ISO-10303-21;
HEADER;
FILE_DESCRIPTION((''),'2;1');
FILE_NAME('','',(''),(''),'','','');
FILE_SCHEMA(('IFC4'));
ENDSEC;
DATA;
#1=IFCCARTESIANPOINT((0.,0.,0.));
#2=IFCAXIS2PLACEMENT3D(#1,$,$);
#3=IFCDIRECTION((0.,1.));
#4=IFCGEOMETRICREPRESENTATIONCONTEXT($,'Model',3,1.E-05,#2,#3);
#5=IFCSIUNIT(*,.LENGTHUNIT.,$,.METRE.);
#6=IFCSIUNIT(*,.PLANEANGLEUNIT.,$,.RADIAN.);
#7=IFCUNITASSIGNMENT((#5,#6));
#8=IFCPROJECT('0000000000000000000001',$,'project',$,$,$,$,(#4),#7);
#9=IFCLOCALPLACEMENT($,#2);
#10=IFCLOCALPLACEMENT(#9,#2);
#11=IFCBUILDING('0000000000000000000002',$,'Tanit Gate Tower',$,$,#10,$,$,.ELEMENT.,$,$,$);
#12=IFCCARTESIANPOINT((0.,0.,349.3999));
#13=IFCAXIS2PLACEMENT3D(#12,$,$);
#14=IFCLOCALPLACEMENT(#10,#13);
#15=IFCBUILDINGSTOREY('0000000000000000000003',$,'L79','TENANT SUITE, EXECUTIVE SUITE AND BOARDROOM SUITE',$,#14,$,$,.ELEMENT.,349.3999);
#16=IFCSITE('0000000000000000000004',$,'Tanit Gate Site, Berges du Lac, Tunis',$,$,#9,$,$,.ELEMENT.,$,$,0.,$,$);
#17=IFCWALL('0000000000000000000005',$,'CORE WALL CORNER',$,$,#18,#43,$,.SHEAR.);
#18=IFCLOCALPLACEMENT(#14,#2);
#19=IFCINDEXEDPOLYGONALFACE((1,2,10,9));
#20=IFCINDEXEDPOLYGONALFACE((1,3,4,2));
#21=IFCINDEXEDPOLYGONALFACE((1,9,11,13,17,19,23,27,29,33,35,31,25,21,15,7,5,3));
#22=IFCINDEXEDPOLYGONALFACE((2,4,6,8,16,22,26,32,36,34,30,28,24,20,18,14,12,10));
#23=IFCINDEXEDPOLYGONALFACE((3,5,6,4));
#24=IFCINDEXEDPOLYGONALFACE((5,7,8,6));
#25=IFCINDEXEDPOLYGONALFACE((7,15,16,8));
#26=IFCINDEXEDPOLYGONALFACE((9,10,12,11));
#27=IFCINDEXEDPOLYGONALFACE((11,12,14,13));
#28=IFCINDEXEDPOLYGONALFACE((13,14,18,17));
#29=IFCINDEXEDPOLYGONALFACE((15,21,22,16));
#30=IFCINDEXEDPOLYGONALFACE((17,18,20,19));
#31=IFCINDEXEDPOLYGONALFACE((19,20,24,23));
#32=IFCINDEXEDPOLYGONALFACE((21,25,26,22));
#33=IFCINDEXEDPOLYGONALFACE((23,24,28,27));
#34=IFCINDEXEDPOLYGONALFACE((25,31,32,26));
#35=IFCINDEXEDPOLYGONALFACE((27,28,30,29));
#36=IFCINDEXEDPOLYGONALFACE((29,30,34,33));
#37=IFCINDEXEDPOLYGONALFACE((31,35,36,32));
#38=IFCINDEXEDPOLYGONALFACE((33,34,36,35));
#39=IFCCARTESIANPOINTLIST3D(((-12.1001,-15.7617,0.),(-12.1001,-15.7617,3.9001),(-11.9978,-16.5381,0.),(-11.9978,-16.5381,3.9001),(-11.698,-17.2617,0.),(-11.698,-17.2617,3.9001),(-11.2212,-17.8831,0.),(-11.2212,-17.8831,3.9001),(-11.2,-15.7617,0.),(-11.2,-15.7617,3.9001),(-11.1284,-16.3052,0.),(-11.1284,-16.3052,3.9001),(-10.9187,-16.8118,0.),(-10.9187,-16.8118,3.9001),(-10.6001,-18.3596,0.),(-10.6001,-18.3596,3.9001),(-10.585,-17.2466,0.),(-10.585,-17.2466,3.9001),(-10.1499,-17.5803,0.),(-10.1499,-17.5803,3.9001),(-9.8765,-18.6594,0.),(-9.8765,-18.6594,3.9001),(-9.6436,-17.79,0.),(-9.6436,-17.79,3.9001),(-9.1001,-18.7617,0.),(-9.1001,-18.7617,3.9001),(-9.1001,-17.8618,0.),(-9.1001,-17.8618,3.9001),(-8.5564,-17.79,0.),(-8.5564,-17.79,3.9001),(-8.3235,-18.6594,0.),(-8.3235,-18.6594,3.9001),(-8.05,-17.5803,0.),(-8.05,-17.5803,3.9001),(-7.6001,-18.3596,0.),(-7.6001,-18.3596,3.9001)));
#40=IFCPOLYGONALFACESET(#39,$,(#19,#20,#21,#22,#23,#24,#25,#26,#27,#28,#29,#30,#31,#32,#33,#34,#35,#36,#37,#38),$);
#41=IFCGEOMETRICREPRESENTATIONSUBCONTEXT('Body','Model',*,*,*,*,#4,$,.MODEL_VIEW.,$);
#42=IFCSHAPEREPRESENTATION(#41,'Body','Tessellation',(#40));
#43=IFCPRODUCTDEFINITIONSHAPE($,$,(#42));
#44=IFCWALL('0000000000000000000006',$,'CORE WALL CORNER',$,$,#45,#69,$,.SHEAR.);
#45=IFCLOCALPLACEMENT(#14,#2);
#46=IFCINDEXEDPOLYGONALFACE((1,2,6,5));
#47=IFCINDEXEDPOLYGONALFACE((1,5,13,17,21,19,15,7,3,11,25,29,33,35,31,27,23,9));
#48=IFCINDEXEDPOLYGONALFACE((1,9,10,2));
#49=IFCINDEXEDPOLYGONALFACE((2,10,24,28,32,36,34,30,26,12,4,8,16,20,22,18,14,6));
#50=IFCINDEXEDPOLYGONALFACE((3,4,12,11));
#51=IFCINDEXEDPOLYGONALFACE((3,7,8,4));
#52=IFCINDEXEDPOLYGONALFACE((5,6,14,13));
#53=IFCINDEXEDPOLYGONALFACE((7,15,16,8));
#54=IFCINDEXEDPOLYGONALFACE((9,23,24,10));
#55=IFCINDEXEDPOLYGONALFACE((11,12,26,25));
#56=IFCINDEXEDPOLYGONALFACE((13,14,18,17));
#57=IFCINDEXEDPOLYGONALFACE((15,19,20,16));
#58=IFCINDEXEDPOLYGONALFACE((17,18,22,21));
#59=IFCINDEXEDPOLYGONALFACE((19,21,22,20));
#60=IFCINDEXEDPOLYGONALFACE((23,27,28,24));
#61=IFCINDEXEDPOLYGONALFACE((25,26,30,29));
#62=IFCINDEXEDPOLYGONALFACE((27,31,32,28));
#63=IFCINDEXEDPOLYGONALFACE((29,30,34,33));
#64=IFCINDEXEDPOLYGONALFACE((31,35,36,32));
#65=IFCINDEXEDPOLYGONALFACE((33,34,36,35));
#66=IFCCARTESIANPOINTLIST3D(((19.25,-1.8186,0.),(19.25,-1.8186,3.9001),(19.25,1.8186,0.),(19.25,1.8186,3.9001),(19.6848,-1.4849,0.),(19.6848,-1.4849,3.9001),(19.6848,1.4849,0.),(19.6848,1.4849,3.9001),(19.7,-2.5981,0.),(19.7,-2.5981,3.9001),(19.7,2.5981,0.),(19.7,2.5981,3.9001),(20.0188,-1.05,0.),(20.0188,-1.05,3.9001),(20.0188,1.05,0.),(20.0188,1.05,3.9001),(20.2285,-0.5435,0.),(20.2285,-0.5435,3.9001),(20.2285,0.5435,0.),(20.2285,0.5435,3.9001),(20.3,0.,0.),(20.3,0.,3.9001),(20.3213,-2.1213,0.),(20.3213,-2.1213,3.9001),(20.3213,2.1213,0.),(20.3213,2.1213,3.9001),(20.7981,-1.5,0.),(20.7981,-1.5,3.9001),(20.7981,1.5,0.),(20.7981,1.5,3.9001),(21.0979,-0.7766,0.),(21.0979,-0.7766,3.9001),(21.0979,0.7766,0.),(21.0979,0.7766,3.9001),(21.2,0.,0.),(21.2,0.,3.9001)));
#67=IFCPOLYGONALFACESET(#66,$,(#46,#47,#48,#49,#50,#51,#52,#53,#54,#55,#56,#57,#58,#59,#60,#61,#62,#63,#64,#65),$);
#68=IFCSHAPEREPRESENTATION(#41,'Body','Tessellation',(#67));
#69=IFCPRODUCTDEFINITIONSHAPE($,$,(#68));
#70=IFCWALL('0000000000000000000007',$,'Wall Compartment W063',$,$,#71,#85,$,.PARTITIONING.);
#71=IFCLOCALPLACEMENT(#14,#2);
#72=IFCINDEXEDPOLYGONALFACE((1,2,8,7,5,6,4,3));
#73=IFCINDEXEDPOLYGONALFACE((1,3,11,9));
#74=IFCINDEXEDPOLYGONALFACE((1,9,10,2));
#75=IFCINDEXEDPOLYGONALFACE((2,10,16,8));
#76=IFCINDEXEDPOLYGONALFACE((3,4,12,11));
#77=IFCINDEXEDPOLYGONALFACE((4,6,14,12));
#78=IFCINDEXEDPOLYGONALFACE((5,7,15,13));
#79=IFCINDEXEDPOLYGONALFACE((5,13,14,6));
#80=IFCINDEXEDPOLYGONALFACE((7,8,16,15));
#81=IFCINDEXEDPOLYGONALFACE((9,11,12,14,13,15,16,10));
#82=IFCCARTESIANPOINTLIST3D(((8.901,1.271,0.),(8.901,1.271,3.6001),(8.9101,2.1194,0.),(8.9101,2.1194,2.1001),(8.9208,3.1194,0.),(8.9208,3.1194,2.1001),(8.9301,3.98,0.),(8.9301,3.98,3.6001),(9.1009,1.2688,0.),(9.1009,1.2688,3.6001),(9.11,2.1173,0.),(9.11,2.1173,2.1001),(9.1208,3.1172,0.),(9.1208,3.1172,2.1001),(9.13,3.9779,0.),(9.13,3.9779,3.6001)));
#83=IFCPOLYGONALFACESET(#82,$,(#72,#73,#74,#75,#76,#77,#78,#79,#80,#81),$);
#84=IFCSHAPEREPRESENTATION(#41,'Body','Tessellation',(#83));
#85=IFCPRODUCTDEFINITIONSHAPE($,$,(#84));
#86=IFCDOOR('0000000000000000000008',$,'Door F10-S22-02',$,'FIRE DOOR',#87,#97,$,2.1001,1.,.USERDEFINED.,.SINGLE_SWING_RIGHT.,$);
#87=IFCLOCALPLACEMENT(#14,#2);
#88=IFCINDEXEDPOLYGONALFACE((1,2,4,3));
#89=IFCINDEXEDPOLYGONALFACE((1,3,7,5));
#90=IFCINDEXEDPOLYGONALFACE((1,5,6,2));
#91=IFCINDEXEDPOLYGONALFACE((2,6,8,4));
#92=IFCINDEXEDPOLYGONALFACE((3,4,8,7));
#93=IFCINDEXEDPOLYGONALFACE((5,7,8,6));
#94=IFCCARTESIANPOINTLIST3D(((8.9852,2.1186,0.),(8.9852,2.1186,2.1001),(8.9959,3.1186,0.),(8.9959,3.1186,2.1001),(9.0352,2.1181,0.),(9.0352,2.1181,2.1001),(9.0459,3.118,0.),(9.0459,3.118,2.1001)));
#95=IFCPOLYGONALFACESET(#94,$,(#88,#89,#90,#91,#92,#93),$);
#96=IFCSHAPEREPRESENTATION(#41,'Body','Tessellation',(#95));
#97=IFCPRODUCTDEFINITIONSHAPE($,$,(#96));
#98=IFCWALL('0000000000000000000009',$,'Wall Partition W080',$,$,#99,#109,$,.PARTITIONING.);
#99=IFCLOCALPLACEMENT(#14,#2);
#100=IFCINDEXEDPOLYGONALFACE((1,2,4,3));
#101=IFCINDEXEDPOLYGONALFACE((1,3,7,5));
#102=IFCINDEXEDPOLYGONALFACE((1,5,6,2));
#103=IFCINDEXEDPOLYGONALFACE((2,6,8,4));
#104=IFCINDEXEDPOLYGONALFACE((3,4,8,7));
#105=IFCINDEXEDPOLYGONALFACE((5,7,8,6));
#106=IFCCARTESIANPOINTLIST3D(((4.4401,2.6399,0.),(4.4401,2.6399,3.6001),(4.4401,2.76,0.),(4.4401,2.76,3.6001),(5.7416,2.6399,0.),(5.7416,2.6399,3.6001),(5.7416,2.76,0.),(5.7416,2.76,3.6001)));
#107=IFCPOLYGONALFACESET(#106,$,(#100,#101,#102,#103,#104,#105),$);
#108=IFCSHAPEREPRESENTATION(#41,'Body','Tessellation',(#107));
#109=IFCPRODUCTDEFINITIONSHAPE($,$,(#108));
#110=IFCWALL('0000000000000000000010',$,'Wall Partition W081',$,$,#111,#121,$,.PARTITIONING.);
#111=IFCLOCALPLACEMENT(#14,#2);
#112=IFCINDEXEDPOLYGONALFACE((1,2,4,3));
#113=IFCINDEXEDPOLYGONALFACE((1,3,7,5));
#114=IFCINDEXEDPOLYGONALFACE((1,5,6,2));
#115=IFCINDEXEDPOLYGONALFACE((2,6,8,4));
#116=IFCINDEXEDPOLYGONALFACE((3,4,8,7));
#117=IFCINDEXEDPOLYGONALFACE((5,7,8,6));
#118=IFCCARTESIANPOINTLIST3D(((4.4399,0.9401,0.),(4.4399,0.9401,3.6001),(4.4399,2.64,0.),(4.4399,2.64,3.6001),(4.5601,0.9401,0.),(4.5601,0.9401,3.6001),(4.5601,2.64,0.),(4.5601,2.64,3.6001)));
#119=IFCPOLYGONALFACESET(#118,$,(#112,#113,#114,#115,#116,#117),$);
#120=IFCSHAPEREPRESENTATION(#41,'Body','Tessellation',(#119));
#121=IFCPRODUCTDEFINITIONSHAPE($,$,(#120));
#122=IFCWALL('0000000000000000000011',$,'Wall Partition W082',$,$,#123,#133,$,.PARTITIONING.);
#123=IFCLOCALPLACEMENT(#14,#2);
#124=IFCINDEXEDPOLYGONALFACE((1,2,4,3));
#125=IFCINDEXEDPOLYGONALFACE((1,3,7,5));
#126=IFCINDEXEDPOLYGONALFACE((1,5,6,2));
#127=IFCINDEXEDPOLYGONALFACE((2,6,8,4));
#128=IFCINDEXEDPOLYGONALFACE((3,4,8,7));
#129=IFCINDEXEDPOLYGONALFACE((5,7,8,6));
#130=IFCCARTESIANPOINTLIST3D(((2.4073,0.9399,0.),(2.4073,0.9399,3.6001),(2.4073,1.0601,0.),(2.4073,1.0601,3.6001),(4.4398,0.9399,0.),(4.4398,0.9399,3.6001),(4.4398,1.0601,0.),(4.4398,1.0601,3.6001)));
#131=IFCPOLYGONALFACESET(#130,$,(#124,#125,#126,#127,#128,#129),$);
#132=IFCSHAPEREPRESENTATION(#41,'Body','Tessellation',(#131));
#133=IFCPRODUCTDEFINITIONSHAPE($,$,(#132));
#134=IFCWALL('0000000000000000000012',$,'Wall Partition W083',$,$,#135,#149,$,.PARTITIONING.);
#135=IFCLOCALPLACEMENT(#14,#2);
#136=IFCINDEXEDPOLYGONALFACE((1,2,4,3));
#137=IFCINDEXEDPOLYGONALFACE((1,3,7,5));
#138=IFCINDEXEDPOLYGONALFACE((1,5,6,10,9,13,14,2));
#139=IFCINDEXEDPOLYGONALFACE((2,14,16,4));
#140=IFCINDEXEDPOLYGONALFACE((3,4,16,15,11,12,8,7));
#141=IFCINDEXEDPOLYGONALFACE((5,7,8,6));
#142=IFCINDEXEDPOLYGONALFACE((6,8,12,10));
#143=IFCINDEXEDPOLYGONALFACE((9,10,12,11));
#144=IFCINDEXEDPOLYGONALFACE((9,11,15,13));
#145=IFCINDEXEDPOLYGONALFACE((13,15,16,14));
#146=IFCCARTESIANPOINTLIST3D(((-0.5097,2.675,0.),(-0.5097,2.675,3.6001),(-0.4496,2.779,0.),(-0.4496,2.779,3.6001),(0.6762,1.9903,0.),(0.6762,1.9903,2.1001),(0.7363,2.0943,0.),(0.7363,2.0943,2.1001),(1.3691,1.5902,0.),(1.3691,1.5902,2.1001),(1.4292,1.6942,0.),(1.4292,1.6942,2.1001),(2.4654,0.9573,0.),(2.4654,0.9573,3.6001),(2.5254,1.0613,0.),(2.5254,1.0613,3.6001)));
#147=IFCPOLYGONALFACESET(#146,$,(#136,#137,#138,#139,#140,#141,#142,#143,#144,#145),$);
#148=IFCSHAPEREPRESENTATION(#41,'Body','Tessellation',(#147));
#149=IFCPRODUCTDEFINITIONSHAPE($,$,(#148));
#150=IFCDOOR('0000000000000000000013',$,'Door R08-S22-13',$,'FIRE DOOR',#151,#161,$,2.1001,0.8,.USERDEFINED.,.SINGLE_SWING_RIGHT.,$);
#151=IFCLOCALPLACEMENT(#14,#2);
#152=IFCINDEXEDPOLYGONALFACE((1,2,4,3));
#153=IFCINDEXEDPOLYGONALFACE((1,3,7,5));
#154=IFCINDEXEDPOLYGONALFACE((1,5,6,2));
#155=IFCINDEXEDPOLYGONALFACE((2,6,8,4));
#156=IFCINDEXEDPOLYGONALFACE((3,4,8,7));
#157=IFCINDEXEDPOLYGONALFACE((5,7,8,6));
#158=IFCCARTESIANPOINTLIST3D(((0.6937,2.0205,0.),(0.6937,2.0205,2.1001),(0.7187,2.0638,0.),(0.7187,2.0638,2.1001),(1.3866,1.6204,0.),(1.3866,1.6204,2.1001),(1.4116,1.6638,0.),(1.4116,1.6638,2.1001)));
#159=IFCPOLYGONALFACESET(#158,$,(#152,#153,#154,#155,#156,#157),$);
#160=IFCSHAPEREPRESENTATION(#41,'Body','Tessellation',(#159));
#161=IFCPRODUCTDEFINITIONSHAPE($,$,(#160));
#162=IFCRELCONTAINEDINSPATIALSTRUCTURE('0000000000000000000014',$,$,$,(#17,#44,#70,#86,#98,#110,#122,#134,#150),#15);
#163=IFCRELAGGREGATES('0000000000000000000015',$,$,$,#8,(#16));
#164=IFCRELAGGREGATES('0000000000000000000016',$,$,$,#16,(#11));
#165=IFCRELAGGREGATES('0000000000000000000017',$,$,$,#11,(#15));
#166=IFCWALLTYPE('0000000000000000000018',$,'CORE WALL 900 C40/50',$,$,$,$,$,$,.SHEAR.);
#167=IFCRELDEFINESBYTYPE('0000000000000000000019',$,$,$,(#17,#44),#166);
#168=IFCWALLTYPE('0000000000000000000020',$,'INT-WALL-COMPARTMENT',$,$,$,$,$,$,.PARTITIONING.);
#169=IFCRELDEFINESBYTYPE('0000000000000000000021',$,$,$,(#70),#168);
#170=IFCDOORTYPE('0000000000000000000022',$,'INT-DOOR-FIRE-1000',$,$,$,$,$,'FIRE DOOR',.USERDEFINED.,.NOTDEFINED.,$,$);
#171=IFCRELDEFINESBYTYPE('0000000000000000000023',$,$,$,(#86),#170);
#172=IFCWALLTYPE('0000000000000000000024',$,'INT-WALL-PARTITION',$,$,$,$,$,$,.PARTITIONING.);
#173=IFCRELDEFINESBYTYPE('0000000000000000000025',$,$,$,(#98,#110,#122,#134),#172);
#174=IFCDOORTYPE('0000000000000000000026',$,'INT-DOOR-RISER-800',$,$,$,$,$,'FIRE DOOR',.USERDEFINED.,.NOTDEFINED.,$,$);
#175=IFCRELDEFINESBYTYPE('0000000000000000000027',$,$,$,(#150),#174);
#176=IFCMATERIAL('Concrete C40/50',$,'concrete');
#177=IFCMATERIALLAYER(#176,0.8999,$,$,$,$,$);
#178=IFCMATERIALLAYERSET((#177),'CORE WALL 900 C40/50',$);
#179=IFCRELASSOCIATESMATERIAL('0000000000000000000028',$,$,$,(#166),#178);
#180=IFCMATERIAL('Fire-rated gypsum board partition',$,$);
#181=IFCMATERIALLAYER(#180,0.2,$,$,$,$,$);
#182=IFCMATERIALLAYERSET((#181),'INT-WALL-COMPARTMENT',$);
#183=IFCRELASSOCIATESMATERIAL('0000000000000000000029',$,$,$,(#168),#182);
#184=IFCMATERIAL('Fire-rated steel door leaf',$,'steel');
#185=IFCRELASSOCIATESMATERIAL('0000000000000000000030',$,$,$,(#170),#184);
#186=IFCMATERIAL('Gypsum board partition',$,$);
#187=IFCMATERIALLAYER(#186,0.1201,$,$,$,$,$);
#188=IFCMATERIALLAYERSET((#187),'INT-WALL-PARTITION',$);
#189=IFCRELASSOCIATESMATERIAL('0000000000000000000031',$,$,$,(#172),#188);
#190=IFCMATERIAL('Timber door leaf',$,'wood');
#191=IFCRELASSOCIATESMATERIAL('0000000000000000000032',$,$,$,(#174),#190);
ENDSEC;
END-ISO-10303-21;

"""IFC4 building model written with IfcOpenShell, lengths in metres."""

from ifc_helpers import new_model, si_unit, direction, frame, frame_2d, origin, place, context, subcontext, project, spatial, polyline, rectangle, outline, extrude, material, layer, layer_set, type_object, element, fill, save


model = new_model("IFC4")

# Units and contexts
model_context = context("Model", 3, precision=1e-05, world=origin(), true_north=direction((0.0, 1.0)))
body_context = subcontext(model_context, "Body", "Model", "MODEL_VIEW")
ifc_project = project(units=[si_unit("LENGTHUNIT", "METRE"), si_unit("PLANEANGLEUNIT", "RADIAN")], contexts=[model_context])

# Site, building, storey
site_placement = place(None, origin())
site = spatial("IfcSite", under=ifc_project, at=site_placement, Name="Tanit Gate Site, Berges du Lac, Tunis", CompositionType="ELEMENT", RefElevation=0.0)
building_placement = place(site_placement, origin())
building = spatial("IfcBuilding", under=site, at=building_placement, Name="Tanit Gate Tower", CompositionType="ELEMENT")
storey_placement = place(building_placement, frame((0.0, 0.0, 349.3999)))
storey = spatial("IfcBuildingStorey", under=building, at=storey_placement, Name="L79", Description="TENANT SUITE, EXECUTIVE SUITE AND BOARDROOM SUITE", CompositionType="ELEMENT", Elevation=349.3999)

# Walls
ifc_material_1 = material(Name="Concrete C40/50", Category="concrete")
ifc_layer_1 = layer(ifc_material_1, 0.8999)
ifc_layer_set_1 = layer_set([ifc_layer_1], Name="CORE WALL 900 C40/50")
wall_type_1 = type_object("IfcWallType", Name="CORE WALL 900 C40/50", PredefinedType="SHEAR", material=ifc_layer_set_1)
wall_1_placement = place(storey_placement, origin())
element("IfcWall", 1, at=wall_1_placement, inside=storey, type_object=wall_type_1, Name="CORE WALL CORNER", PredefinedType="SHEAR", context=body_context, shape_type="SweptSolid", body=[
    extrude(outline(polyline([(-12.1001, -15.7617), (-11.9978, -16.5381), (-11.698, -17.2617), (-11.2212, -17.8831), (-10.6001, -18.3596), (-9.8765, -18.6594), (-9.1001, -18.7617), (-8.3235, -18.6594), (-7.6001, -18.3596), (-8.05, -17.5803), (-8.5564, -17.79), (-9.1001, -17.8618), (-9.6436, -17.79), (-10.1499, -17.5803), (-10.585, -17.2466), (-10.9187, -16.8118), (-11.1284, -16.3052), (-11.2, -15.7617), (-12.1001, -15.7617)])), origin(), (0.0, 0.0, 1.0), 3.9001),
])
wall_2_placement = place(storey_placement, origin())
element("IfcWall", 2, at=wall_2_placement, inside=storey, type_object=wall_type_1, Name="CORE WALL CORNER", PredefinedType="SHEAR", context=body_context, shape_type="SweptSolid", body=[
    extrude(outline(polyline([(19.7, -2.5981), (20.3213, -2.1213), (20.7981, -1.5), (21.0979, -0.7766), (21.2, 0.0), (21.0979, 0.7766), (20.7981, 1.5), (20.3213, 2.1213), (19.7, 2.5981), (19.25, 1.8186), (19.6848, 1.4849), (20.0188, 1.05), (20.2285, 0.5435), (20.3, 0.0), (20.2285, -0.5435), (20.0188, -1.05), (19.6848, -1.4849), (19.25, -1.8186), (19.7, -2.5981)])), origin(), (0.0, 0.0, 1.0), 3.9001),
])

# Wall, opening, door
ifc_material_2 = material(Name="Fire-rated gypsum board partition")
ifc_layer_2 = layer(ifc_material_2, 0.2)
ifc_layer_set_2 = layer_set([ifc_layer_2], Name="INT-WALL-COMPARTMENT")
wall_type_2 = type_object("IfcWallType", Name="INT-WALL-COMPARTMENT", PredefinedType="PARTITIONING", material=ifc_layer_set_2)
wall_3_placement = place(storey_placement, frame((9.001, 1.27, 0.0), z_axis=(0.0, 0.0, 1.0), x_axis=(0.010724, 0.999942, 0.0)))
wall_3 = element("IfcWall", 3, at=wall_3_placement, inside=storey, type_object=wall_type_2, Name="Wall Compartment W063", PredefinedType="PARTITIONING", context=body_context, shape_type="SweptSolid", body=[
    extrude(rectangle(XDim=2.7092, YDim=0.2, at=frame_2d((1.3545, 0.0))), origin(), (0.0, 0.0, 1.0), 3.6001),
])
opening_1_placement = place(wall_3_placement, frame((0.8484, 0.0, 0.0)))
opening_1 = element("IfcOpeningElement", 4, at=opening_1_placement, cuts=wall_3, PredefinedType="OPENING", context=body_context, shape_type="SweptSolid", body=[
    extrude(rectangle(XDim=1.0, YDim=2.1001, at=frame_2d((0.5, 1.05))), frame((0.0, 0.1099, 0.0), z_axis=(0.0, -1.0, 0.0), x_axis=(1.0, 0.0, 0.0)), (0.0, 0.0, 1.0), 0.22),
])
ifc_material_3 = material(Name="Fire-rated steel door leaf", Category="steel")
door_type_1 = type_object("IfcDoorType", Name="INT-DOOR-FIRE-1000", ElementType="FIRE DOOR", OperationType="NOTDEFINED", PredefinedType="USERDEFINED", material=ifc_material_3)
door_1_placement = place(opening_1_placement, origin())
door_1 = element("IfcDoor", 5, at=door_1_placement, inside=storey, type_object=door_type_1, Name="Door F10-S22-02", ObjectType="FIRE DOOR", OperationType="SINGLE_SWING_RIGHT", OverallHeight=2.1001, OverallWidth=1.0, PredefinedType="USERDEFINED", context=body_context, shape_type="SweptSolid", body=[
    extrude(rectangle(XDim=1.0, YDim=2.1001, at=frame_2d((0.5, 1.05))), frame((0.0, 0.0249, 0.0), z_axis=(0.0, -1.0, 0.0), x_axis=(1.0, 0.0, 0.0)), (0.0, 0.0, 1.0), 0.05),
])
fill(opening_1, door_1)

# Walls
ifc_material_4 = material(Name="Gypsum board partition")
ifc_layer_3 = layer(ifc_material_4, 0.1201)
ifc_layer_set_3 = layer_set([ifc_layer_3], Name="INT-WALL-PARTITION")
wall_type_3 = type_object("IfcWallType", Name="INT-WALL-PARTITION", PredefinedType="PARTITIONING", material=ifc_layer_set_3)
wall_4_placement = place(storey_placement, frame((4.4399, 2.7, 0.0), z_axis=(0.0, 0.0, 1.0), x_axis=(1.0, 0.0, 0.0)))
element("IfcWall", 6, at=wall_4_placement, inside=storey, type_object=wall_type_3, Name="Wall Partition W080", PredefinedType="PARTITIONING", context=body_context, shape_type="SweptSolid", body=[
    extrude(rectangle(XDim=1.3015, YDim=0.1201, at=frame_2d((0.6509, 0.0))), origin(), (0.0, 0.0, 1.0), 3.6001),
])
wall_5_placement = place(storey_placement, frame((4.5, 0.9399, 0.0), z_axis=(0.0, 0.0, 1.0), x_axis=(0.0, 1.0, 0.0)))
element("IfcWall", 7, at=wall_5_placement, inside=storey, type_object=wall_type_3, Name="Wall Partition W081", PredefinedType="PARTITIONING", context=body_context, shape_type="SweptSolid", body=[
    extrude(rectangle(XDim=1.7, YDim=0.1201, at=frame_2d((0.8501, 0.0))), origin(), (0.0, 0.0, 1.0), 3.6001),
])
wall_6_placement = place(storey_placement, frame((2.4075, 1.0, 0.0), z_axis=(0.0, 0.0, 1.0), x_axis=(1.0, 0.0, 0.0)))
element("IfcWall", 8, at=wall_6_placement, inside=storey, type_object=wall_type_3, Name="Wall Partition W082", PredefinedType="PARTITIONING", context=body_context, shape_type="SweptSolid", body=[
    extrude(rectangle(XDim=2.0325, YDim=0.1201, at=frame_2d((1.0161, 0.0))), origin(), (0.0, 0.0, 1.0), 3.6001),
])

# Wall, opening, door
wall_7_placement = place(storey_placement, frame((-0.4797, 2.7271, 0.0), z_axis=(0.0, 0.0, 1.0), x_axis=(0.866013, -0.500022, 0.0)))
wall_7 = element("IfcWall", 9, at=wall_7_placement, inside=storey, type_object=wall_type_3, Name="Wall Partition W083", PredefinedType="PARTITIONING", context=body_context, shape_type="SweptSolid", body=[
    extrude(rectangle(XDim=3.4353, YDim=0.1201, at=frame_2d((1.7178, 0.0))), origin(), (0.0, 0.0, 1.0), 3.6001),
])
opening_2_placement = place(wall_7_placement, frame((1.3696, 0.0, 0.0)))
opening_2 = element("IfcOpeningElement", 10, at=opening_2_placement, cuts=wall_7, PredefinedType="OPENING", context=body_context, shape_type="SweptSolid", body=[
    extrude(rectangle(XDim=0.8, YDim=2.1001, at=frame_2d((0.3999, 1.05))), frame((0.0, 0.0701, 0.0), z_axis=(0.0, -1.0, 0.0), x_axis=(1.0, 0.0, 0.0)), (0.0, 0.0, 1.0), 0.1401),
])
ifc_material_5 = material(Name="Timber door leaf", Category="wood")
door_type_2 = type_object("IfcDoorType", Name="INT-DOOR-RISER-800", ElementType="FIRE DOOR", OperationType="NOTDEFINED", PredefinedType="USERDEFINED", material=ifc_material_5)
door_2_placement = place(opening_2_placement, origin())
door_2 = element("IfcDoor", 11, at=door_2_placement, inside=storey, type_object=door_type_2, Name="Door R08-S22-13", ObjectType="FIRE DOOR", OperationType="SINGLE_SWING_RIGHT", OverallHeight=2.1001, OverallWidth=0.8, PredefinedType="USERDEFINED", context=body_context, shape_type="SweptSolid", body=[
    extrude(rectangle(XDim=0.8, YDim=2.1001, at=frame_2d((0.3999, 1.05))), frame((0.0, 0.0249, 0.0), z_axis=(0.0, -1.0, 0.0), x_axis=(1.0, 0.0, 0.0)), (0.0, 0.0, 1.0), 0.05),
])
fill(opening_2, door_2)

save(model, "model.ifc")
